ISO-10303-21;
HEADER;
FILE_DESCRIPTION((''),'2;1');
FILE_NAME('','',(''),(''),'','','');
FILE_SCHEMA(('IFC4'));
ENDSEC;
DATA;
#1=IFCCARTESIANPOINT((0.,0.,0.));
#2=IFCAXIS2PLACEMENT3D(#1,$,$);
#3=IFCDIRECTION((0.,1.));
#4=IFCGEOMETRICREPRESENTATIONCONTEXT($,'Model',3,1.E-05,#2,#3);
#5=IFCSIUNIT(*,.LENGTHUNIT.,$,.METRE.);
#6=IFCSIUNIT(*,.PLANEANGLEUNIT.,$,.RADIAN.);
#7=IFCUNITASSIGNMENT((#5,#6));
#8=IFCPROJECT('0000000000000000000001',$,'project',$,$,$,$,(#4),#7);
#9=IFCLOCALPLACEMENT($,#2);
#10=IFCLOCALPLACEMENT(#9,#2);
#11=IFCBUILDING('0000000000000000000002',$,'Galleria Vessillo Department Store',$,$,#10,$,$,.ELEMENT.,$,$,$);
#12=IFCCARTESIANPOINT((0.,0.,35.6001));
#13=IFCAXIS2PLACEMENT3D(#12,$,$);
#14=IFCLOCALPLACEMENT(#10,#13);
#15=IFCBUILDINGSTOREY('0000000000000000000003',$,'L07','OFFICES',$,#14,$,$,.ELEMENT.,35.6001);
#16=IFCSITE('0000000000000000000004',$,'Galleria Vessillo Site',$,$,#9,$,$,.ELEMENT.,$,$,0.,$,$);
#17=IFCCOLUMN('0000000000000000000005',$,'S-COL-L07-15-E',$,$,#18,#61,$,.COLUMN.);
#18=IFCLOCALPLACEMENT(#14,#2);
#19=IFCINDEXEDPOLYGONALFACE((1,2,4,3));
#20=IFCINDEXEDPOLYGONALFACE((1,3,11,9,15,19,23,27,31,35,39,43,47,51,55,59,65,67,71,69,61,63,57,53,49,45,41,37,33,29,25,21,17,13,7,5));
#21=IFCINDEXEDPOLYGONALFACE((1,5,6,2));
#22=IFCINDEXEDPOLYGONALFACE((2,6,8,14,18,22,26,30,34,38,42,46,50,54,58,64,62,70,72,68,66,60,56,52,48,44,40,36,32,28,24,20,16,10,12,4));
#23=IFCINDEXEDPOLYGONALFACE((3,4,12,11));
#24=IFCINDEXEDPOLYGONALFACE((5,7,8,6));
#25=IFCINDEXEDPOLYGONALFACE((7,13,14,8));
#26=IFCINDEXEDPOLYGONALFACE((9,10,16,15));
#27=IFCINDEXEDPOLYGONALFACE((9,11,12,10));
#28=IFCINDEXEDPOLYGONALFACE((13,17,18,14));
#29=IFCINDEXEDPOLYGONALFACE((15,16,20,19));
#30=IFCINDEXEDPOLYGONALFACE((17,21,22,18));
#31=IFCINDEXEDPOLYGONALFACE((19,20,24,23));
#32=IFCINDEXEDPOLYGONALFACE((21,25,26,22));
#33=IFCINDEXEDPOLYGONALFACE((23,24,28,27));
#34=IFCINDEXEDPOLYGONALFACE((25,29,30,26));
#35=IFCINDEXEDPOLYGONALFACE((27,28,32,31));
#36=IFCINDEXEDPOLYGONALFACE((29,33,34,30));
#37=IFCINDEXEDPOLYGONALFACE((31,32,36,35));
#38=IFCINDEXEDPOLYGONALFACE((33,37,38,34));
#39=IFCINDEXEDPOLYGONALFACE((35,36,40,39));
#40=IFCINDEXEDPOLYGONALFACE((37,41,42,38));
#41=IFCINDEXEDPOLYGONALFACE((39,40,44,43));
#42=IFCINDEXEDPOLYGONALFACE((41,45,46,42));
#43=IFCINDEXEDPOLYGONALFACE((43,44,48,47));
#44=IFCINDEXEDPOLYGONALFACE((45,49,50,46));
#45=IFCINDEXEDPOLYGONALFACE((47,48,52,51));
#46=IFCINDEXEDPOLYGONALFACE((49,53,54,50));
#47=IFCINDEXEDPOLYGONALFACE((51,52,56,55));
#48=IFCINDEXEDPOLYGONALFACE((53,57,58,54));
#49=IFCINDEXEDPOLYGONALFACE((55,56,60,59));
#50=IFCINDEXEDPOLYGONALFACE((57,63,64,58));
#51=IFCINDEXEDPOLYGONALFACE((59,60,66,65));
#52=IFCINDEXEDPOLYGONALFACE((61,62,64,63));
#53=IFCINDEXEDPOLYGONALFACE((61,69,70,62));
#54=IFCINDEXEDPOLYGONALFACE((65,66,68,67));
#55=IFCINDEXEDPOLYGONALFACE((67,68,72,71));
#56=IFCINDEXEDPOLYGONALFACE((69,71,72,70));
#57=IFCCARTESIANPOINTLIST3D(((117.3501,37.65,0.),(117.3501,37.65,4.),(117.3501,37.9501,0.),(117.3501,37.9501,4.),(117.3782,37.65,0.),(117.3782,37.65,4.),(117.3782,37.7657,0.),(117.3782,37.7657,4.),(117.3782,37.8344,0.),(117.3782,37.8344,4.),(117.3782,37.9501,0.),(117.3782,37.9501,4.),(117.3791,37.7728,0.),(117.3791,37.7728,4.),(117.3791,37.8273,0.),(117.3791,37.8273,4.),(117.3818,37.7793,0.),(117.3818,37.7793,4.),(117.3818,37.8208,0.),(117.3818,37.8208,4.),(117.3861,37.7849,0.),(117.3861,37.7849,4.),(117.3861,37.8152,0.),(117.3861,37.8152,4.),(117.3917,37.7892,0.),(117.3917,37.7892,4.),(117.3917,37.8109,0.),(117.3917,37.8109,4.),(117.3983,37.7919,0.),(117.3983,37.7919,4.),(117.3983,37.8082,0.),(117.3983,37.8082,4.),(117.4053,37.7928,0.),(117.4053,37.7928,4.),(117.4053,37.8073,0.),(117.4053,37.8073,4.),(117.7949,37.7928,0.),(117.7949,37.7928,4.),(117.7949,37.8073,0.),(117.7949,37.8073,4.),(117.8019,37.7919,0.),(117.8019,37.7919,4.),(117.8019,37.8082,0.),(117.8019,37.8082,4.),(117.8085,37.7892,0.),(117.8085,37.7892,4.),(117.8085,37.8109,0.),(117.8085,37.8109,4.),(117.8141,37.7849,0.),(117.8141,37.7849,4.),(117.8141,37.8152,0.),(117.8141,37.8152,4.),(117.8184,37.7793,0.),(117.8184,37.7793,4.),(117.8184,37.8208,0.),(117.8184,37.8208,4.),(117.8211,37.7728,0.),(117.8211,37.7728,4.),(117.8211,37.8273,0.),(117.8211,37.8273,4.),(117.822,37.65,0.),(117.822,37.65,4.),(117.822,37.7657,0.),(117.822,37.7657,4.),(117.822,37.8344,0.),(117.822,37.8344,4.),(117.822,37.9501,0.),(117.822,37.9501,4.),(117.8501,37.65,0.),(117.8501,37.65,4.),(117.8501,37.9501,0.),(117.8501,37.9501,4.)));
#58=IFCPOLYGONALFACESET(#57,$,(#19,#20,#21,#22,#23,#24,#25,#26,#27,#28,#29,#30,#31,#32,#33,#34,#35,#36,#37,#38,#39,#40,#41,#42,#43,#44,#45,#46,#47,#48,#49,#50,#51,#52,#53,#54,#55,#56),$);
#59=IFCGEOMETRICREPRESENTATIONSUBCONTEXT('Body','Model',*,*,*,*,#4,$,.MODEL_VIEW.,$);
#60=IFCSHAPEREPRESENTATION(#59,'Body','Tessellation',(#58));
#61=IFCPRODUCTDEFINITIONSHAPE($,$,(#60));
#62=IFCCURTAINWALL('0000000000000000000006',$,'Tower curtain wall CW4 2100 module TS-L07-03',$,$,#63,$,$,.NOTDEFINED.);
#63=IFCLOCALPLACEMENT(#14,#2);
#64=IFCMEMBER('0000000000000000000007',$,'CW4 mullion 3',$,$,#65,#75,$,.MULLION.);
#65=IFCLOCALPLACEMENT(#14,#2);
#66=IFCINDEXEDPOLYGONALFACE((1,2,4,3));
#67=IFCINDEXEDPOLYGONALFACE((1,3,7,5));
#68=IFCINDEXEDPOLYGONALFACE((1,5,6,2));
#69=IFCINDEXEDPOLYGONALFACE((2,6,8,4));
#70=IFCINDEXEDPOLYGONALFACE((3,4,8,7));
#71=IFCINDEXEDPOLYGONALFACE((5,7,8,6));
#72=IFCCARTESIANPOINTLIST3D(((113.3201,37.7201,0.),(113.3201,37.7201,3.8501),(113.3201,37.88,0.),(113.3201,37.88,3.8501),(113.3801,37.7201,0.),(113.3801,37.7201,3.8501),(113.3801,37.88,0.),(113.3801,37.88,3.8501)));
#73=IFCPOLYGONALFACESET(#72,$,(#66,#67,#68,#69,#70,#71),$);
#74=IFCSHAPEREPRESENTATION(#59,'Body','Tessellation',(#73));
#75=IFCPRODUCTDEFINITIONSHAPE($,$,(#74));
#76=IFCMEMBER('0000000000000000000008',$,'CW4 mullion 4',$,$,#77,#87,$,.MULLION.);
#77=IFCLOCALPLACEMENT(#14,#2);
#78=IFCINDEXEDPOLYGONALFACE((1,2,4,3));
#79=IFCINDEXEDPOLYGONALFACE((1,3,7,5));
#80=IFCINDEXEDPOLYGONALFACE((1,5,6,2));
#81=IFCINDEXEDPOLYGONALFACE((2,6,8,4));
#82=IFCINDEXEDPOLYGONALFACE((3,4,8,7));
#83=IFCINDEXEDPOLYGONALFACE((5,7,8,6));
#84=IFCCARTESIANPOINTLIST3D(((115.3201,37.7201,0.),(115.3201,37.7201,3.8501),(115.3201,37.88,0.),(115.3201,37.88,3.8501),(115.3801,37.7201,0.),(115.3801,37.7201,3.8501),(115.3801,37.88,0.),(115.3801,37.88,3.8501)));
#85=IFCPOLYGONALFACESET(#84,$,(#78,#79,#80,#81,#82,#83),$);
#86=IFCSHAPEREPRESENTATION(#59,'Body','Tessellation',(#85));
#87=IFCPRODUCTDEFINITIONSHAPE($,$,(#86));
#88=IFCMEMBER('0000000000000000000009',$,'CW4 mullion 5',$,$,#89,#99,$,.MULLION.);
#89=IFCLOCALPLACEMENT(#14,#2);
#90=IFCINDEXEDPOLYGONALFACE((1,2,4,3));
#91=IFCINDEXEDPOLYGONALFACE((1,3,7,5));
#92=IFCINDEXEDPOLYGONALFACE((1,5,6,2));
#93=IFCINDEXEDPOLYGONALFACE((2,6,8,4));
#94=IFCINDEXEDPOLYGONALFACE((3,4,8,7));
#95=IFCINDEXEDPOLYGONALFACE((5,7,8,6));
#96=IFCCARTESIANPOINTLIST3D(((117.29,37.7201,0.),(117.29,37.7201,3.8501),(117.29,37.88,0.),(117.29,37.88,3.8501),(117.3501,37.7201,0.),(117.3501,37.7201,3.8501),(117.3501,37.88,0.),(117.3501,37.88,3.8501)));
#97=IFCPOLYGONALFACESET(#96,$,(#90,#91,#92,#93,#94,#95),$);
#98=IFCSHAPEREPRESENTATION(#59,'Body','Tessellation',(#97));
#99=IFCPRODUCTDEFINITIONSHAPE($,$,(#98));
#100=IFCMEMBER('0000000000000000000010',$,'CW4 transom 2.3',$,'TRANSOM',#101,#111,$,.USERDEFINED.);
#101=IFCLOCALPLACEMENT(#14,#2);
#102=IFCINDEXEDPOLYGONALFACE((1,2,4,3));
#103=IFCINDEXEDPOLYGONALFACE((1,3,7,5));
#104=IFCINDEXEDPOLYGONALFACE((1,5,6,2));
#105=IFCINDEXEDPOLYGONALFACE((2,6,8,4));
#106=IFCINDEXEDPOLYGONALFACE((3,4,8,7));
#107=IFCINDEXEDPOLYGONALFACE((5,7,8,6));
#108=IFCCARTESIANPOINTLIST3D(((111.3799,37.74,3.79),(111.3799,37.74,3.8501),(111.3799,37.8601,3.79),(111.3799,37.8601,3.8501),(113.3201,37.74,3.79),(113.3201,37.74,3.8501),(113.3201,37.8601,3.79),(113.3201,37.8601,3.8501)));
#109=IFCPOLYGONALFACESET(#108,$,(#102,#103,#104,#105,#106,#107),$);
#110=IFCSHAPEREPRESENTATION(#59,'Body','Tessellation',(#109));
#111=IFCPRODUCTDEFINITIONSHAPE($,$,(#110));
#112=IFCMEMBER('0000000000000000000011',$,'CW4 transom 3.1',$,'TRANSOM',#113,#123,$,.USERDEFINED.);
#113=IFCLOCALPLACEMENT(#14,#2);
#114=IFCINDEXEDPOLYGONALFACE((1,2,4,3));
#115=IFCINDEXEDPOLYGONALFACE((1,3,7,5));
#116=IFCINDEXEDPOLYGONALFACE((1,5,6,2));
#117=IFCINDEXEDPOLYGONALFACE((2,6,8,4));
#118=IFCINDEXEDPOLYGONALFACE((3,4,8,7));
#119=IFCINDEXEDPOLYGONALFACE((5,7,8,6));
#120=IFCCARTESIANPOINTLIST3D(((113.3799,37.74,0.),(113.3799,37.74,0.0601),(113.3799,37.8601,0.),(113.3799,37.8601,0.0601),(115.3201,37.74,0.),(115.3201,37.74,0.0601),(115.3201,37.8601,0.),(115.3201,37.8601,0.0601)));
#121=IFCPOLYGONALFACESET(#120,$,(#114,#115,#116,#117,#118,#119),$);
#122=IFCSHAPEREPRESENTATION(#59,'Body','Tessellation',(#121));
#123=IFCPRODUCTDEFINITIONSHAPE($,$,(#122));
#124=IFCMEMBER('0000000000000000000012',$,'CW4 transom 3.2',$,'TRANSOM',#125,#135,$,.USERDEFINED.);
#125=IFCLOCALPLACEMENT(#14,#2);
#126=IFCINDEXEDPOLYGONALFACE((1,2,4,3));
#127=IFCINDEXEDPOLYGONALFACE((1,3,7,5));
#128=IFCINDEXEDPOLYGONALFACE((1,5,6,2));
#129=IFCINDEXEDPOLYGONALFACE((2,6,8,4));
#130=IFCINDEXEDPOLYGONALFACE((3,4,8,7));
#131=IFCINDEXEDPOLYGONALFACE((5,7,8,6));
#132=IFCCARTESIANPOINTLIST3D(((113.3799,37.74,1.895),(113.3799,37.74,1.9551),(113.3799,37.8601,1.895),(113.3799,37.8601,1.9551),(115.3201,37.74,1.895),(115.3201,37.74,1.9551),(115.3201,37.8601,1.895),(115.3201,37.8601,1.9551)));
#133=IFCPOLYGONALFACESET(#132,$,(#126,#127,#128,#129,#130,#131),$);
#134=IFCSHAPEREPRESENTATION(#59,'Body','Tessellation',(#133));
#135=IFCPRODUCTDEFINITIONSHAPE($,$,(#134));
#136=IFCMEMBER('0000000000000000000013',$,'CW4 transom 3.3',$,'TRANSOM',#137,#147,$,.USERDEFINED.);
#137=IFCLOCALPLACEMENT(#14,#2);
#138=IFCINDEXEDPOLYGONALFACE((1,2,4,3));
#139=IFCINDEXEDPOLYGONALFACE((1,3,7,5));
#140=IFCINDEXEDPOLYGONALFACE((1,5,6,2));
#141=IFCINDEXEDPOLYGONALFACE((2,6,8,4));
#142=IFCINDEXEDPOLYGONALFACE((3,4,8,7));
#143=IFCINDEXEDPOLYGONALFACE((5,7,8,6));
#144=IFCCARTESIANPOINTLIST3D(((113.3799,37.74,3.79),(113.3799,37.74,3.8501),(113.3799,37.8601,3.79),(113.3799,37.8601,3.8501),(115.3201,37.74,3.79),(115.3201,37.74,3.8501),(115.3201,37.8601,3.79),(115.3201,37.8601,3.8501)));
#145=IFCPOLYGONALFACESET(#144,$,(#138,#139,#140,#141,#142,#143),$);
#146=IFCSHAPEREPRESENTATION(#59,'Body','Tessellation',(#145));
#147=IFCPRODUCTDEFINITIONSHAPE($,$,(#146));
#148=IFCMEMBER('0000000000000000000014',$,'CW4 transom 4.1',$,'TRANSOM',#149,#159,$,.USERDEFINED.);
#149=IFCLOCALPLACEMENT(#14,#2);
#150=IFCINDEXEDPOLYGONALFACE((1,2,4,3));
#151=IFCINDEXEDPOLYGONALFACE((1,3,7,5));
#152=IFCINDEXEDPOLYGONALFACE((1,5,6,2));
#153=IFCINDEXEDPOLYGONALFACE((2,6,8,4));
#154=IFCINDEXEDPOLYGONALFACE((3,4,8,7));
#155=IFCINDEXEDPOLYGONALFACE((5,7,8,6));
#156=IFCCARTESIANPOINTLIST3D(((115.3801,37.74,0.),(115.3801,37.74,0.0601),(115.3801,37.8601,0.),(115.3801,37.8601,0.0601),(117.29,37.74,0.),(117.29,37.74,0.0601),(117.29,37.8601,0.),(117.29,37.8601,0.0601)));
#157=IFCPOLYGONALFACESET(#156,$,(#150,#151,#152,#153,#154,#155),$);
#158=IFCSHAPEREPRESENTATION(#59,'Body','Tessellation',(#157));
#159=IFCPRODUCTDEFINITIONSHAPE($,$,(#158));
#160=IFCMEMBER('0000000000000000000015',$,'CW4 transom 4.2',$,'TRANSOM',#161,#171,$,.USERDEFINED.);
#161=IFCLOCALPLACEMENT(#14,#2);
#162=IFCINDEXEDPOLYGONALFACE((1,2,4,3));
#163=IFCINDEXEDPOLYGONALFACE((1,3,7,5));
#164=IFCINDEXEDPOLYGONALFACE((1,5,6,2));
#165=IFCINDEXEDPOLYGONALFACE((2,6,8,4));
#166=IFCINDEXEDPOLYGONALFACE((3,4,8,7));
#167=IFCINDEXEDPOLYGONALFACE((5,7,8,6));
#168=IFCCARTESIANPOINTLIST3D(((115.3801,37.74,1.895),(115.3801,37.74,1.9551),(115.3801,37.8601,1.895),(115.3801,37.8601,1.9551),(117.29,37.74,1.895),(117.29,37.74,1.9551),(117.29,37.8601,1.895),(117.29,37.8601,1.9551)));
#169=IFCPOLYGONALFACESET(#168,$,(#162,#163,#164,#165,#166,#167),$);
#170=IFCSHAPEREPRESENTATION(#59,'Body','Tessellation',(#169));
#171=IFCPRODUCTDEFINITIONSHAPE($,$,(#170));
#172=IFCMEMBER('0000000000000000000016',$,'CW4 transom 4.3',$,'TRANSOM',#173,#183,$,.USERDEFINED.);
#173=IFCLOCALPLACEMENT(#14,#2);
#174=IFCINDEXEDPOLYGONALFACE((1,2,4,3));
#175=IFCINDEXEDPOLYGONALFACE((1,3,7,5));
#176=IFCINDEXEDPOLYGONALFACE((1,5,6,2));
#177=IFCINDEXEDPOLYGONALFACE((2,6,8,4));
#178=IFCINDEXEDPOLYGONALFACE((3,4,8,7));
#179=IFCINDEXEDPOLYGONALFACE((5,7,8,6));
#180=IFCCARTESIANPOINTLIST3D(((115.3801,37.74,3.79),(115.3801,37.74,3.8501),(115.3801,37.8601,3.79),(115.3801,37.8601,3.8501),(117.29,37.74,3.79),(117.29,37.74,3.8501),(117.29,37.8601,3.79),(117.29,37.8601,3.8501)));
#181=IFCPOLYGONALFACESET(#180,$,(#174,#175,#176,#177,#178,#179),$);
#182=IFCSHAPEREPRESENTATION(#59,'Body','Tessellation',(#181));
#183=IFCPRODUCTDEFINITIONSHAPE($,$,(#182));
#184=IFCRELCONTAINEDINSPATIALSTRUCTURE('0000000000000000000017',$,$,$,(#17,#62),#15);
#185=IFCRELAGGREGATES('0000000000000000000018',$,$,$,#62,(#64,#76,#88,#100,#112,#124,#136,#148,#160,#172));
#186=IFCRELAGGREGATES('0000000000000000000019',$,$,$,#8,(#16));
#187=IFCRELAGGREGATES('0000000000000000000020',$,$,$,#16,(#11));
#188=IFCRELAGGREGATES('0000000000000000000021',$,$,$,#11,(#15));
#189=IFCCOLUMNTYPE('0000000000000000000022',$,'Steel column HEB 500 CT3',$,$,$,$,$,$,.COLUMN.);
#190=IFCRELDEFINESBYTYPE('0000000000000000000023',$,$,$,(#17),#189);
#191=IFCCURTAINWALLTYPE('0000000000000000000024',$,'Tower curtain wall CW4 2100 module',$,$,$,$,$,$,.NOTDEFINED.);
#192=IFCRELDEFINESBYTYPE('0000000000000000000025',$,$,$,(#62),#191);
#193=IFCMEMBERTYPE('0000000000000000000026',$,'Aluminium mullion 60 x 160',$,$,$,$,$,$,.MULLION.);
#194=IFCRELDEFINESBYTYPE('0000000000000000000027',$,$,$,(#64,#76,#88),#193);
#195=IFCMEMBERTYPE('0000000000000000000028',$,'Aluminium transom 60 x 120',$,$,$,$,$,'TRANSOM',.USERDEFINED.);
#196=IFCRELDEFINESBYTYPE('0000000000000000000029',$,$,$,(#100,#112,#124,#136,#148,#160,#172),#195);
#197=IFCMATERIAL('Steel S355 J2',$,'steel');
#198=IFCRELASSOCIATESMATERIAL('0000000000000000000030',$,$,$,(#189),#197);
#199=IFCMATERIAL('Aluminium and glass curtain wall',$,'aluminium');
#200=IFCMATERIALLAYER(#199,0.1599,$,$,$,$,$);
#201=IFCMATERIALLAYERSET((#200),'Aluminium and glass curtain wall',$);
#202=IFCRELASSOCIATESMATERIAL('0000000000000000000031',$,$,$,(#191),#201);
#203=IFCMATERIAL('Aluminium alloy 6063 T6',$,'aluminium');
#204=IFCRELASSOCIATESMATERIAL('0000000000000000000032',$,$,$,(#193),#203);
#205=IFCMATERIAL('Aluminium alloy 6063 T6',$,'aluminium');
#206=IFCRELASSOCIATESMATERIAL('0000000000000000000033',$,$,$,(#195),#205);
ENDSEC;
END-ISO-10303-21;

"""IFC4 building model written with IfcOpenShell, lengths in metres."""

from ifc_helpers import new_model, si_unit, direction, frame, origin, origin_2d, place, context, subcontext, project, spatial, rectangle, i_section, extrude, material, layer, layer_set, material_profile, profile_set, type_object, element, aggregate, save


model = new_model("IFC4")

# Units and contexts
model_context = context("Model", 3, precision=1e-05, world=origin(), true_north=direction((0.0, 1.0)))
body_context = subcontext(model_context, "Body", "Model", "MODEL_VIEW")
ifc_project = project(units=[si_unit("LENGTHUNIT", "METRE"), si_unit("PLANEANGLEUNIT", "RADIAN")], contexts=[model_context])

# Site, building, storey
site_placement = place(None, origin())
site = spatial("IfcSite", under=ifc_project, at=site_placement, Name="Galleria Vessillo Site", CompositionType="ELEMENT", RefElevation=0.0)
building_placement = place(site_placement, origin())
building = spatial("IfcBuilding", under=site, at=building_placement, Name="Galleria Vessillo Department Store", CompositionType="ELEMENT")
storey_placement = place(building_placement, frame((0.0, 0.0, 35.6001)))
storey = spatial("IfcBuildingStorey", under=building, at=storey_placement, Name="L07", Description="OFFICES", CompositionType="ELEMENT", Elevation=35.6001)

# Column
ifc_material_1 = material(Name="Steel S355 J2", Category="steel")
ifc_material_profile_1 = material_profile(ifc_material_1, i_section(OverallWidth=0.3, OverallDepth=0.5, WebThickness=0.0144, FlangeThickness=0.0281, FilletRadius=0.0271, at=origin_2d()), Name="HEB 500")
ifc_profile_set_1 = profile_set([ifc_material_profile_1], Name="Steel S355 J2")
column_type = type_object("IfcColumnType", Name="Steel column HEB 500 CT3", PredefinedType="COLUMN", material=ifc_profile_set_1)
column_placement = place(storey_placement, frame((117.6001, 37.8, 0.0), z_axis=(0.0, 0.0, 1.0), x_axis=(0.0, 1.0, 0.0)))
element("IfcColumn", 1, at=column_placement, inside=storey, type_object=column_type, Name="S-COL-L07-15-E", PredefinedType="COLUMN", context=body_context, shape_type="SweptSolid", body=[
    extrude(i_section(OverallWidth=0.3, OverallDepth=0.5, WebThickness=0.0144, FlangeThickness=0.0281, FilletRadius=0.0271, at=origin_2d()), origin(), (0.0, 0.0, 1.0), 4.0),
])

# Curtain wall, members
ifc_material_2 = material(Name="Aluminium and glass curtain wall", Category="aluminium")
ifc_layer_1 = layer(ifc_material_2, 0.1599)
ifc_layer_set_1 = layer_set([ifc_layer_1], Name="Aluminium and glass curtain wall")
curtain_wall_type = type_object("IfcCurtainWallType", Name="Tower curtain wall CW4 2100 module", PredefinedType="NOTDEFINED", material=ifc_layer_set_1)
curtain_wall_placement = place(storey_placement, origin())
curtain_wall = element("IfcCurtainWall", 2, at=curtain_wall_placement, inside=storey, type_object=curtain_wall_type, Name="Tower curtain wall CW4 2100 module TS-L07-03", PredefinedType="NOTDEFINED")
ifc_material_3 = material(Name="Aluminium alloy 6063 T6", Category="aluminium")
ifc_material_profile_2 = material_profile(ifc_material_3, rectangle(XDim=0.1599, YDim=0.0601, at=origin_2d()), Name="AL 60x160")
ifc_profile_set_2 = profile_set([ifc_material_profile_2], Name="Aluminium alloy 6063 T6")
member_type_1 = type_object("IfcMemberType", Name="Aluminium mullion 60 x 160", PredefinedType="MULLION", material=ifc_profile_set_2)
member_1_placement = place(storey_placement, frame((113.3501, 37.8, 0.0), z_axis=(0.0, 0.0, 1.0), x_axis=(0.0, 1.0, 0.0)))
member_1 = element("IfcMember", 3, at=member_1_placement, type_object=member_type_1, Name="CW4 mullion 3", PredefinedType="MULLION", context=body_context, shape_type="SweptSolid", body=[
    extrude(rectangle(XDim=0.1599, YDim=0.0601, at=origin_2d()), origin(), (0.0, 0.0, 1.0), 3.8501),
])
member_2_placement = place(storey_placement, frame((115.3501, 37.8, 0.0), z_axis=(0.0, 0.0, 1.0), x_axis=(0.0, 1.0, 0.0)))
member_2 = element("IfcMember", 4, at=member_2_placement, type_object=member_type_1, Name="CW4 mullion 4", PredefinedType="MULLION", context=body_context, shape_type="SweptSolid", body=[
    extrude(rectangle(XDim=0.1599, YDim=0.0601, at=origin_2d()), origin(), (0.0, 0.0, 1.0), 3.8501),
])
member_3_placement = place(storey_placement, frame((117.3201, 37.8, 0.0), z_axis=(0.0, 0.0, 1.0), x_axis=(0.0, 1.0, 0.0)))
member_3 = element("IfcMember", 5, at=member_3_placement, type_object=member_type_1, Name="CW4 mullion 5", PredefinedType="MULLION", context=body_context, shape_type="SweptSolid", body=[
    extrude(rectangle(XDim=0.1599, YDim=0.0601, at=origin_2d()), origin(), (0.0, 0.0, 1.0), 3.8501),
])
ifc_material_4 = material(Name="Aluminium alloy 6063 T6", Category="aluminium")
ifc_material_profile_3 = material_profile(ifc_material_4, rectangle(XDim=0.1201, YDim=0.0601, at=origin_2d()), Name="AL 60x120")
ifc_profile_set_3 = profile_set([ifc_material_profile_3], Name="Aluminium alloy 6063 T6")
member_type_2 = type_object("IfcMemberType", Name="Aluminium transom 60 x 120", ElementType="TRANSOM", PredefinedType="USERDEFINED", material=ifc_profile_set_3)
member_4_placement = place(storey_placement, frame((111.3799, 37.8, 3.8201), z_axis=(1.0, 0.0, 0.0), x_axis=(0.0, 1.0, 0.0)))
member_4 = element("IfcMember", 6, at=member_4_placement, type_object=member_type_2, Name="CW4 transom 2.3", ObjectType="TRANSOM", PredefinedType="USERDEFINED", context=body_context, shape_type="SweptSolid", body=[
    extrude(rectangle(XDim=0.1201, YDim=0.0601, at=origin_2d()), origin(), (0.0, 0.0, 1.0), 1.9402),
])
member_5_placement = place(storey_placement, frame((113.3799, 37.8, 0.03), z_axis=(1.0, 0.0, 0.0), x_axis=(0.0, 1.0, 0.0)))
member_5 = element("IfcMember", 7, at=member_5_placement, type_object=member_type_2, Name="CW4 transom 3.1", ObjectType="TRANSOM", PredefinedType="USERDEFINED", context=body_context, shape_type="SweptSolid", body=[
    extrude(rectangle(XDim=0.1201, YDim=0.0601, at=origin_2d()), origin(), (0.0, 0.0, 1.0), 1.9402),
])
member_6_placement = place(storey_placement, frame((113.3799, 37.8, 1.925), z_axis=(1.0, 0.0, 0.0), x_axis=(0.0, 1.0, 0.0)))
member_6 = element("IfcMember", 8, at=member_6_placement, type_object=member_type_2, Name="CW4 transom 3.2", ObjectType="TRANSOM", PredefinedType="USERDEFINED", context=body_context, shape_type="SweptSolid", body=[
    extrude(rectangle(XDim=0.1201, YDim=0.0601, at=origin_2d()), origin(), (0.0, 0.0, 1.0), 1.9402),
])
member_7_placement = place(storey_placement, frame((113.3799, 37.8, 3.8201), z_axis=(1.0, 0.0, 0.0), x_axis=(0.0, 1.0, 0.0)))
member_7 = element("IfcMember", 9, at=member_7_placement, type_object=member_type_2, Name="CW4 transom 3.3", ObjectType="TRANSOM", PredefinedType="USERDEFINED", context=body_context, shape_type="SweptSolid", body=[
    extrude(rectangle(XDim=0.1201, YDim=0.0601, at=origin_2d()), origin(), (0.0, 0.0, 1.0), 1.9402),
])
member_8_placement = place(storey_placement, frame((115.3801, 37.8, 0.03), z_axis=(1.0, 0.0, 0.0), x_axis=(0.0, 1.0, 0.0)))
member_8 = element("IfcMember", 10, at=member_8_placement, type_object=member_type_2, Name="CW4 transom 4.1", ObjectType="TRANSOM", PredefinedType="USERDEFINED", context=body_context, shape_type="SweptSolid", body=[
    extrude(rectangle(XDim=0.1201, YDim=0.0601, at=origin_2d()), origin(), (0.0, 0.0, 1.0), 1.9099),
])
member_9_placement = place(storey_placement, frame((115.3801, 37.8, 1.925), z_axis=(1.0, 0.0, 0.0), x_axis=(0.0, 1.0, 0.0)))
member_9 = element("IfcMember", 11, at=member_9_placement, type_object=member_type_2, Name="CW4 transom 4.2", ObjectType="TRANSOM", PredefinedType="USERDEFINED", context=body_context, shape_type="SweptSolid", body=[
    extrude(rectangle(XDim=0.1201, YDim=0.0601, at=origin_2d()), origin(), (0.0, 0.0, 1.0), 1.9099),
])
member_10_placement = place(storey_placement, frame((115.3801, 37.8, 3.8201), z_axis=(1.0, 0.0, 0.0), x_axis=(0.0, 1.0, 0.0)))
member_10 = element("IfcMember", 12, at=member_10_placement, type_object=member_type_2, Name="CW4 transom 4.3", ObjectType="TRANSOM", PredefinedType="USERDEFINED", context=body_context, shape_type="SweptSolid", body=[
    extrude(rectangle(XDim=0.1201, YDim=0.0601, at=origin_2d()), origin(), (0.0, 0.0, 1.0), 1.9099),
])

aggregate(curtain_wall, [member_1, member_2, member_3, member_4, member_5, member_6, member_7, member_8, member_9, member_10])

save(model, "model.ifc")
